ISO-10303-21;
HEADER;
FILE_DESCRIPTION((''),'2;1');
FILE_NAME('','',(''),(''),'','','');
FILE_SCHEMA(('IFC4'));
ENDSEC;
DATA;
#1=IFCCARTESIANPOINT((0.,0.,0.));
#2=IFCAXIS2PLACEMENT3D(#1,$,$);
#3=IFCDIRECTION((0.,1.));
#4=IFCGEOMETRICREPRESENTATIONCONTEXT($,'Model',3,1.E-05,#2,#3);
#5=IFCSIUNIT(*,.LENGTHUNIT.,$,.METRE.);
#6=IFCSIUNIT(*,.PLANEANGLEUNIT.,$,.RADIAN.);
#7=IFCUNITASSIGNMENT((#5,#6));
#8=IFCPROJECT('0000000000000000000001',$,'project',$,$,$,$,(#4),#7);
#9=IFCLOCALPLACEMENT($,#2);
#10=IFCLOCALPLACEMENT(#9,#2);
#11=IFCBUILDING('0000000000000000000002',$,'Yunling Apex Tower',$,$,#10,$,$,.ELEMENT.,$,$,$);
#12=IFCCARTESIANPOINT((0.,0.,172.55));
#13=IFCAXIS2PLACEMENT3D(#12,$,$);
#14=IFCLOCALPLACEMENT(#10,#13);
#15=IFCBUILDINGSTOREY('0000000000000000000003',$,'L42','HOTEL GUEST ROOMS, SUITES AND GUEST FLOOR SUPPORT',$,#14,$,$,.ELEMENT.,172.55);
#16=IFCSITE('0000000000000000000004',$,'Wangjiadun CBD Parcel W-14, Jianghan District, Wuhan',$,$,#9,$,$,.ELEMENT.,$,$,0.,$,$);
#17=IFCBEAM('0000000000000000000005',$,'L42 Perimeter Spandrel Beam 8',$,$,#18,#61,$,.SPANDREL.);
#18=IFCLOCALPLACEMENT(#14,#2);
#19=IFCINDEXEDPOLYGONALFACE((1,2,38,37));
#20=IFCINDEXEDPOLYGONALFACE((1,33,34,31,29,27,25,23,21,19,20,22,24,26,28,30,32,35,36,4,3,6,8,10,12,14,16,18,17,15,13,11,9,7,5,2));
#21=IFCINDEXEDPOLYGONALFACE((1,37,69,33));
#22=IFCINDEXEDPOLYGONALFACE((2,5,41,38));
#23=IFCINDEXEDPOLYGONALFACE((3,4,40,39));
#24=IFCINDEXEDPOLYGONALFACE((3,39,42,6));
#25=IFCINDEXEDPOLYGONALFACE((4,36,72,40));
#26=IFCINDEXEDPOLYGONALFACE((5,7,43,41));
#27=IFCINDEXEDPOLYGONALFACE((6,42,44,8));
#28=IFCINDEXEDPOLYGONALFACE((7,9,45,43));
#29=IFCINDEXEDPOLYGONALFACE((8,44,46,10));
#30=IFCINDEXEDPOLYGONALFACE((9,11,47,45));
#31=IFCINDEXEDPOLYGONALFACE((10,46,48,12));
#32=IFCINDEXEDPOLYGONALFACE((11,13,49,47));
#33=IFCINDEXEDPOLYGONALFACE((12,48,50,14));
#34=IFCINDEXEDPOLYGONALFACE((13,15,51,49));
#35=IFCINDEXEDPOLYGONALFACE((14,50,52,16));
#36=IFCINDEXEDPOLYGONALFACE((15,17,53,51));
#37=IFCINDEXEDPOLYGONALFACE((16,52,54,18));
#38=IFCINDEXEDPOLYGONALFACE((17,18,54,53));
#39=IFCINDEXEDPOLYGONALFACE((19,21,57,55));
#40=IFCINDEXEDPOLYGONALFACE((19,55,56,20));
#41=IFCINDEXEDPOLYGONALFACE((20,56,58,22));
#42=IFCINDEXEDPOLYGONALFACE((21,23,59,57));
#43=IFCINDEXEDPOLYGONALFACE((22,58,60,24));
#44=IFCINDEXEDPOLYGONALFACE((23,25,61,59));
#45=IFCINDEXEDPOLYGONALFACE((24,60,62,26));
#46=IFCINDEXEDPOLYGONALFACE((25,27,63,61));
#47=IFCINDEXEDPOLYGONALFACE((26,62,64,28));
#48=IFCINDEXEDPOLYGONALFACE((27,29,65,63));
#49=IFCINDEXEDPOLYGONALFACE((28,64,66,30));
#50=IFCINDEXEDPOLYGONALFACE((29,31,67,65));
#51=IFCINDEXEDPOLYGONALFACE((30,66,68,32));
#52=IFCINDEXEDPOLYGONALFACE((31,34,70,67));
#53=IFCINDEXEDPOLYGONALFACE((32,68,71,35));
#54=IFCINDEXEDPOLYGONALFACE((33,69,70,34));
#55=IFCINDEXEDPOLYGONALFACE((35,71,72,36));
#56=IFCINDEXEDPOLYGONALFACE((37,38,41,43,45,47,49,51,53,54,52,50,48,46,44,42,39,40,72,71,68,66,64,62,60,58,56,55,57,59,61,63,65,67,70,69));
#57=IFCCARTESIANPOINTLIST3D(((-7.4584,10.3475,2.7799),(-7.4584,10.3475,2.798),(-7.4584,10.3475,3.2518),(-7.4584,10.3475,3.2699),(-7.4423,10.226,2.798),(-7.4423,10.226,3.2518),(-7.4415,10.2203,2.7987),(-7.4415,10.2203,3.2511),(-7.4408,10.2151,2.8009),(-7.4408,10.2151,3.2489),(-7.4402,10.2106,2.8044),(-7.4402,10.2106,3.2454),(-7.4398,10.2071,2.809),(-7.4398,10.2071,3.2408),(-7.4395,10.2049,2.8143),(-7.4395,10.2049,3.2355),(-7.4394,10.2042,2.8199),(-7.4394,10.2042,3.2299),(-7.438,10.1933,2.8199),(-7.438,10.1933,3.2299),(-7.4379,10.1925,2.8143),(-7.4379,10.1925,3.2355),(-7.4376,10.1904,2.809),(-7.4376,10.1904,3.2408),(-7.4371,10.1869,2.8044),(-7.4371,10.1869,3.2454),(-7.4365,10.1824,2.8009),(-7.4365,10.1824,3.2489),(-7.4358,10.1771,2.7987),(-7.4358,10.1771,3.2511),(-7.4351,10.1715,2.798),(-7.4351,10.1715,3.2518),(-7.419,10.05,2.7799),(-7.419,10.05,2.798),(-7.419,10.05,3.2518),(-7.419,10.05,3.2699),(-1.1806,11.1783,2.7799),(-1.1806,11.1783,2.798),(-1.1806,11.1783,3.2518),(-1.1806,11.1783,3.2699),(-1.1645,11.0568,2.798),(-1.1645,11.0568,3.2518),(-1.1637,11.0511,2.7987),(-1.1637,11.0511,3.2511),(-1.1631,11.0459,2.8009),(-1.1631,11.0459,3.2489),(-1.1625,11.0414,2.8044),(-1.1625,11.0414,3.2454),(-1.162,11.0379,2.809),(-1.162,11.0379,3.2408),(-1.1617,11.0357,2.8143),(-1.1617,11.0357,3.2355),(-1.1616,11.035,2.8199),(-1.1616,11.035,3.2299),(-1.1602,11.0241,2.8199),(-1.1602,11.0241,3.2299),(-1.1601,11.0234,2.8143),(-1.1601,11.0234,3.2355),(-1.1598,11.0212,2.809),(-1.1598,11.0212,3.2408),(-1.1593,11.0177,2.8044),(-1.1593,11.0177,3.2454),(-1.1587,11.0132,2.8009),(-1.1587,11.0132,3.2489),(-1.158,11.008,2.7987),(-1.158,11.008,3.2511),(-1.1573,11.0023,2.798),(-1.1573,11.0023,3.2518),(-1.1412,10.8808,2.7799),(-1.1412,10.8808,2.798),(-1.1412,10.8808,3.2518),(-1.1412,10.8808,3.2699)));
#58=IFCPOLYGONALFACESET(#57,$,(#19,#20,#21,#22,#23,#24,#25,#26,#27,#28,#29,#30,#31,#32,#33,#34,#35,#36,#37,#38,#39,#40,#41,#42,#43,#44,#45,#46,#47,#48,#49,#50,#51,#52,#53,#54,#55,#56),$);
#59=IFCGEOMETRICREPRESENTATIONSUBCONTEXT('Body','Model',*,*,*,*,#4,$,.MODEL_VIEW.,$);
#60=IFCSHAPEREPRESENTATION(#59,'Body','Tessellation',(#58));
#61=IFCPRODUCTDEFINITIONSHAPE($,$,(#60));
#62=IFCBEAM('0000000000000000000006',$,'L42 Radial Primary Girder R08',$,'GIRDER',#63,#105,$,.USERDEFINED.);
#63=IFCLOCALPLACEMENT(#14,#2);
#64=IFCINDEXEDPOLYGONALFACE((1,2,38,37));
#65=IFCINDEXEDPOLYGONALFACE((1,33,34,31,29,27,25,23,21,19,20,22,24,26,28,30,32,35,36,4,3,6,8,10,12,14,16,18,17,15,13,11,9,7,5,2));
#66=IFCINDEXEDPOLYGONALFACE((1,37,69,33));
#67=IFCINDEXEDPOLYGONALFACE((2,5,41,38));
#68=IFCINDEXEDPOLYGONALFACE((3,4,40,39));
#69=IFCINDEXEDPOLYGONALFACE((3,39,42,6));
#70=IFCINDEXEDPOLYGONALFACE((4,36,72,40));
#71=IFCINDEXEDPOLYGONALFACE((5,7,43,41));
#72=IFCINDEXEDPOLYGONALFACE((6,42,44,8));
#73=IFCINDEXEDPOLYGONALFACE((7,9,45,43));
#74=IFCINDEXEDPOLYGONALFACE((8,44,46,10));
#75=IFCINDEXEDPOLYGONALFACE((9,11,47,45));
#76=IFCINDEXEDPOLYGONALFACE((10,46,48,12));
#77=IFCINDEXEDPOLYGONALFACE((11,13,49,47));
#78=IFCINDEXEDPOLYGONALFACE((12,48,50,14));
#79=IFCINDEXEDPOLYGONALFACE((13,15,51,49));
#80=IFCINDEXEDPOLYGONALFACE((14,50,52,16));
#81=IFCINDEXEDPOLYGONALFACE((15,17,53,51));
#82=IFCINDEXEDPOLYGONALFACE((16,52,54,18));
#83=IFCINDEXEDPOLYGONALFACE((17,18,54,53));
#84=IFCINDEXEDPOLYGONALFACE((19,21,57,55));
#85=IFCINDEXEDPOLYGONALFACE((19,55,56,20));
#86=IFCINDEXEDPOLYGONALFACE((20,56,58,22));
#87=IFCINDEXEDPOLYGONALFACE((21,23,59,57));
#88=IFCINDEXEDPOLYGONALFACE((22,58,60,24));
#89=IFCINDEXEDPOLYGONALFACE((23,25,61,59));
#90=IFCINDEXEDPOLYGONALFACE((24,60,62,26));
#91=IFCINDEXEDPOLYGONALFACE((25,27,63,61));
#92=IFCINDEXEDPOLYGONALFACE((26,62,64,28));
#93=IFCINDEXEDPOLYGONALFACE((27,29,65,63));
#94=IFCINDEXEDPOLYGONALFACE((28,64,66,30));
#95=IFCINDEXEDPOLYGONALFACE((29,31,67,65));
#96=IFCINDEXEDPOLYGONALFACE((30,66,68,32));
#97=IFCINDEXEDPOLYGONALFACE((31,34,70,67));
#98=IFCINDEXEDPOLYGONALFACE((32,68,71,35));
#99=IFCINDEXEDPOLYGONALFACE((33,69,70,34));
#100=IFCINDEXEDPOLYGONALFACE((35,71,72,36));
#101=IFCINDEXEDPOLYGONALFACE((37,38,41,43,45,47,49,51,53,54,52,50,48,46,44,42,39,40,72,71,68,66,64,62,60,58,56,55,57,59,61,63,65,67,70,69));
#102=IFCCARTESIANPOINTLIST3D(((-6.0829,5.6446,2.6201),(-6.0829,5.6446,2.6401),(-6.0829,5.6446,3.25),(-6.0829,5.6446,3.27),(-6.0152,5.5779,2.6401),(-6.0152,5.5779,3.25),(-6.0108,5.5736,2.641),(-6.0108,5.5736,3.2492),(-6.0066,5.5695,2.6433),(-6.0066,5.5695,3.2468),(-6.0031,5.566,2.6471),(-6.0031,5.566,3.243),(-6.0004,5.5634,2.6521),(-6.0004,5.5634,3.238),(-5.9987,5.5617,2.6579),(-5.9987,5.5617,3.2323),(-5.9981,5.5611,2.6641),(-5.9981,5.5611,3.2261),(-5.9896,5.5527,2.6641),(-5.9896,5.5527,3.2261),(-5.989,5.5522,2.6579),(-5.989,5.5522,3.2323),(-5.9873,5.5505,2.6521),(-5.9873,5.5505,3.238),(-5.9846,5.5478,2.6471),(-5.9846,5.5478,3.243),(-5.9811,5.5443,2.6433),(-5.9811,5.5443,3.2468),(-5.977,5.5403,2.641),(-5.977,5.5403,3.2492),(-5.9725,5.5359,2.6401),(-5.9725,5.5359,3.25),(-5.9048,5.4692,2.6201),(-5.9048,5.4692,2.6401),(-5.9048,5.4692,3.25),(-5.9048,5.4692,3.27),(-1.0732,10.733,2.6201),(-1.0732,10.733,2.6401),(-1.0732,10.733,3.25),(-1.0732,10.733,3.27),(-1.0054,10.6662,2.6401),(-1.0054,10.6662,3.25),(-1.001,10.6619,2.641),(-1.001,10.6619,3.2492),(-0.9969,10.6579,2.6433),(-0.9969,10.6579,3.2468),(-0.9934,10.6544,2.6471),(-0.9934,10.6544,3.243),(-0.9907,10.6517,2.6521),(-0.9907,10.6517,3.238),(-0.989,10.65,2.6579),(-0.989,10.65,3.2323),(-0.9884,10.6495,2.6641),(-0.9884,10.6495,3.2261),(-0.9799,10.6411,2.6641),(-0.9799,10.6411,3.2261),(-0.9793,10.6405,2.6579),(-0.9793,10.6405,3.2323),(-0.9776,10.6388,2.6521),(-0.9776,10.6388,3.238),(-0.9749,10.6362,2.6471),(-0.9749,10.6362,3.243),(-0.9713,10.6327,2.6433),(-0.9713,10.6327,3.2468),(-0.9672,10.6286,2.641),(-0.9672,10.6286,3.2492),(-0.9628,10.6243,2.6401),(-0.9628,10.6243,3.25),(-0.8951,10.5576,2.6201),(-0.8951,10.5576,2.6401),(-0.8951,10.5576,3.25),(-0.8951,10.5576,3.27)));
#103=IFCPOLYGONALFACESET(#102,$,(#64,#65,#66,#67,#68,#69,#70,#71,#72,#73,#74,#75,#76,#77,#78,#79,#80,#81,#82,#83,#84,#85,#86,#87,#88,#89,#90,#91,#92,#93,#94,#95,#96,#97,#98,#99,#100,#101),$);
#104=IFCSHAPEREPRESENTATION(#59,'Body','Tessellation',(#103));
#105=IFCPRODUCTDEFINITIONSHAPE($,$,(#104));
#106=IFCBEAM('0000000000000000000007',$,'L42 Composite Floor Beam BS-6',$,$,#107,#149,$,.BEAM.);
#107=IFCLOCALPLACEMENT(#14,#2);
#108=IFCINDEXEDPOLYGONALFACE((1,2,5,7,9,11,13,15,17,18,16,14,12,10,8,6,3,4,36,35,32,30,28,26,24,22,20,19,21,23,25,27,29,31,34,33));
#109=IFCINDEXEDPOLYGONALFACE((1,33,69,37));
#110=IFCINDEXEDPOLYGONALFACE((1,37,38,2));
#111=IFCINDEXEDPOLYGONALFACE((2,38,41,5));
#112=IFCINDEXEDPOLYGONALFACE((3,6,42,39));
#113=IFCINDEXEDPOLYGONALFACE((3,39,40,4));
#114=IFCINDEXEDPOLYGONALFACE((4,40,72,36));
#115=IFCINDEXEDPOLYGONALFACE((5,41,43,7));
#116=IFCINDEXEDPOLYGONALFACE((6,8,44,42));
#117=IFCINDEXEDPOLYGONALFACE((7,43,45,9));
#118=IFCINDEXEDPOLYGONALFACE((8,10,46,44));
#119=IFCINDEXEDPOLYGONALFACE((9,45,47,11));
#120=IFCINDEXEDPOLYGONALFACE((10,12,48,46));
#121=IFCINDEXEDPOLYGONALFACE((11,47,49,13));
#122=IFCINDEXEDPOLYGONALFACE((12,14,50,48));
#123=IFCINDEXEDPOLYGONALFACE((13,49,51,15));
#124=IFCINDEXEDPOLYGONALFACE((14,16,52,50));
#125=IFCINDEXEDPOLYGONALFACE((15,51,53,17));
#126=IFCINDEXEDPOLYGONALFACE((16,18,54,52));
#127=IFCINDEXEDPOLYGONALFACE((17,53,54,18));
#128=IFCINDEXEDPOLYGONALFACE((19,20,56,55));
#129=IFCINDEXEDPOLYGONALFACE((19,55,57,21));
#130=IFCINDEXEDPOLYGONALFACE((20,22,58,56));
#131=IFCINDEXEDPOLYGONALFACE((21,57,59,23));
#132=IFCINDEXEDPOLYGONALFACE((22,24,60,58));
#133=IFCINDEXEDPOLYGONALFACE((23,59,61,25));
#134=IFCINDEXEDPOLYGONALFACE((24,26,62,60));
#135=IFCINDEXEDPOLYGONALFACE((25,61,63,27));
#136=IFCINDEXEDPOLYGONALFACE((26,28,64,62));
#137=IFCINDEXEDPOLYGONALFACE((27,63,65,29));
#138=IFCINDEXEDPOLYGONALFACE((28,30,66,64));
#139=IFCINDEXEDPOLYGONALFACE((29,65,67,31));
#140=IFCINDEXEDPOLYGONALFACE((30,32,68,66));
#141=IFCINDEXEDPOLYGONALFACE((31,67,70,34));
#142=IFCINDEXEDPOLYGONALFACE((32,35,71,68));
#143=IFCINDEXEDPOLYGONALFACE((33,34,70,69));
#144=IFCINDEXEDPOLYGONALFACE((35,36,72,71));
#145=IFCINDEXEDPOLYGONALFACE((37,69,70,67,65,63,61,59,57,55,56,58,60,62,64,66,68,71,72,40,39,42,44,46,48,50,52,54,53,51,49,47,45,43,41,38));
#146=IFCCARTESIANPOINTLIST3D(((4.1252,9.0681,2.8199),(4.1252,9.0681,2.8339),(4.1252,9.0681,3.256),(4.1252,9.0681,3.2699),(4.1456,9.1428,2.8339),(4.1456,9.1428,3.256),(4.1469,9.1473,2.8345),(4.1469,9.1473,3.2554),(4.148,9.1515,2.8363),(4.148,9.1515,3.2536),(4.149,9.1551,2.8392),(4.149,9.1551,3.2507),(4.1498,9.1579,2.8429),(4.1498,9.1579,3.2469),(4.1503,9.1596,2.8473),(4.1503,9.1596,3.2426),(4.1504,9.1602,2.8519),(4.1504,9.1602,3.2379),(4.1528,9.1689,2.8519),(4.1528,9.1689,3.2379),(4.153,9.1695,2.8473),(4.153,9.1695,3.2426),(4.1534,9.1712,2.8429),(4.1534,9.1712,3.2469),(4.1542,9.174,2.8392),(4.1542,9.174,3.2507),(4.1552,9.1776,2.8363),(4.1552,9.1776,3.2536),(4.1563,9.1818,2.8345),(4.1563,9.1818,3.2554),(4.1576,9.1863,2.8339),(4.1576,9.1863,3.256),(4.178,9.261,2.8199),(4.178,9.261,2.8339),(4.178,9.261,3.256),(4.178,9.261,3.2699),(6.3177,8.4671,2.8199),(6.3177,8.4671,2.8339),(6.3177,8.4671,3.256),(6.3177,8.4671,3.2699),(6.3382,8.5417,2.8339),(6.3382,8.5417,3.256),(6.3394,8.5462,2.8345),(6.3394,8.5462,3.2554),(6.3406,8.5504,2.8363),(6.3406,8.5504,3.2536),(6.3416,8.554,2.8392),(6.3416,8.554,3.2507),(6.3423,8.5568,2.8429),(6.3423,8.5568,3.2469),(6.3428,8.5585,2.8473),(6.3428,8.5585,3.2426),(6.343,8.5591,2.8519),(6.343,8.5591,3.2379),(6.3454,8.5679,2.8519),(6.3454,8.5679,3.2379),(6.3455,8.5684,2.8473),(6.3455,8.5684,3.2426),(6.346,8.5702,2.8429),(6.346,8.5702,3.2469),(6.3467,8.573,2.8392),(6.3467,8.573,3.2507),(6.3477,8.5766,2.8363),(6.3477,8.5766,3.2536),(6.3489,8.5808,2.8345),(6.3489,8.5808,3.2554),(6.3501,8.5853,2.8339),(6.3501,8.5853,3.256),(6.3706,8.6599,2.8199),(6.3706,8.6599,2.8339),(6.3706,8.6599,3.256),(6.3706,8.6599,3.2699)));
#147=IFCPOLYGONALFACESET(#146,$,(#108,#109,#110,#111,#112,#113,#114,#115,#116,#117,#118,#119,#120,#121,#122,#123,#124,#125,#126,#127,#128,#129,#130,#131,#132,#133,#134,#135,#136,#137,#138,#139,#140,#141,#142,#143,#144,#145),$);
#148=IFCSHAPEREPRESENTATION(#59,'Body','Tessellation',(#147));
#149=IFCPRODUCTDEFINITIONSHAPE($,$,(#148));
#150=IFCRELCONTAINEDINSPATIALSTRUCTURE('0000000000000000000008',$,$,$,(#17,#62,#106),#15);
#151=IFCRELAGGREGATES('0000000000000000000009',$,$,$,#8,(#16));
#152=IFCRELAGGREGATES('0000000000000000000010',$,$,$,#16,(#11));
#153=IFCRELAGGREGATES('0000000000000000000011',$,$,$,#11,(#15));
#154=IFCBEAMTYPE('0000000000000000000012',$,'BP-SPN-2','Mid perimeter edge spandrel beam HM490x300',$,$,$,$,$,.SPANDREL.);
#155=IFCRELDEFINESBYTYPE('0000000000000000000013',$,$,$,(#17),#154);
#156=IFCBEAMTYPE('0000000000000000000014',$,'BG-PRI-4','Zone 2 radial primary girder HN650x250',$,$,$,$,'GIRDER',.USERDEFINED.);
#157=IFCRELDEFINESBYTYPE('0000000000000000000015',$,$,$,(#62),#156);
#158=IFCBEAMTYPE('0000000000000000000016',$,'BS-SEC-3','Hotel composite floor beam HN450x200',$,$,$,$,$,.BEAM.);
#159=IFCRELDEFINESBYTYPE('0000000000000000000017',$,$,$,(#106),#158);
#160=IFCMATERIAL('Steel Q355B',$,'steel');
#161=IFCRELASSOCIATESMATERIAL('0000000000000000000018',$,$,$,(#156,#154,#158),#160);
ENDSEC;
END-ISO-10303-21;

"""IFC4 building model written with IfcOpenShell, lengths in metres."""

from ifc_helpers import new_model, si_unit, direction, frame, origin, origin_2d, place, context, subcontext, project, spatial, i_section, extrude, source, transform, mapped, material, material_profile, profile_set, type_object, element, save


model = new_model("IFC4")

# Units and contexts
model_context = context("Model", 3, precision=1e-05, world=origin(), true_north=direction((0.0, 1.0)))
body_context = subcontext(model_context, "Body", "Model", "MODEL_VIEW")
ifc_project = project(units=[si_unit("LENGTHUNIT", "METRE"), si_unit("PLANEANGLEUNIT", "RADIAN")], contexts=[model_context])

# Site, building, storey
site_placement = place(None, origin())
site = spatial("IfcSite", under=ifc_project, at=site_placement, Name="Wangjiadun CBD Parcel W-14, Jianghan District, Wuhan", CompositionType="ELEMENT", RefElevation=0.0)
building_placement = place(site_placement, origin())
building = spatial("IfcBuilding", under=site, at=building_placement, Name="Yunling Apex Tower", CompositionType="ELEMENT")
storey_placement = place(building_placement, frame((0.0, 0.0, 172.55)))
storey = spatial("IfcBuildingStorey", under=building, at=storey_placement, Name="L42", Description="HOTEL GUEST ROOMS, SUITES AND GUEST FLOOR SUPPORT", CompositionType="ELEMENT", Elevation=172.55)

# Beams
ifc_material_1 = material(Name="Steel Q355B", Category="steel")
ifc_material_profile_1 = material_profile(ifc_material_1, i_section(OverallWidth=0.25, OverallDepth=0.6499, WebThickness=0.012, FlangeThickness=0.02, FilletRadius=0.0239, at=origin_2d()))
ifc_profile_set_1 = profile_set([ifc_material_profile_1], Name="Steel Q355B")
beam_type_1 = type_object("IfcBeamType", Name="BG-PRI-4", Description="Zone 2 radial primary girder HN650x250", ElementType="GIRDER", PredefinedType="USERDEFINED", material=ifc_profile_set_1)
ifc_material_profile_2 = material_profile(ifc_material_1, i_section(OverallWidth=0.3, OverallDepth=0.49, WebThickness=0.011, FlangeThickness=0.0181, FilletRadius=0.022, at=origin_2d()))
ifc_profile_set_2 = profile_set([ifc_material_profile_2], Name="Steel Q355B")
beam_type_2 = type_object("IfcBeamType", Name="BP-SPN-2", Description="Mid perimeter edge spandrel beam HM490x300", PredefinedType="SPANDREL", material=ifc_profile_set_2)
shared_shape_1 = source(origin(), body_context, "Body", "SweptSolid", [
    extrude(i_section(OverallWidth=0.3, OverallDepth=0.49, WebThickness=0.011, FlangeThickness=0.0181, FilletRadius=0.022, at=origin_2d()), origin(), (0.0, 0.0, 1.0), 6.3325),
])
beam_1_placement = place(storey_placement, frame((-1.1609, 11.0295, 3.0249), z_axis=(-0.991356, -0.131196, 0.0), x_axis=(0.131196, -0.991356, 0.0)))
element("IfcBeam", 1, at=beam_1_placement, inside=storey, type_object=beam_type_2, Name="L42 Perimeter Spandrel Beam 8", PredefinedType="SPANDREL", context=body_context, shape_type="MappedRepresentation", body=[
    mapped(shared_shape_1, transform((0.0, 0.0, 0.0), scale=1.0)),
])
shared_shape_2 = source(origin(), body_context, "Body", "SweptSolid", [
    extrude(i_section(OverallWidth=0.25, OverallDepth=0.6499, WebThickness=0.012, FlangeThickness=0.02, FilletRadius=0.0239, at=origin_2d()), origin(), (0.0, 0.0, 1.0), 7.1406),
])
beam_2_placement = place(storey_placement, frame((-0.9841, 10.6453, 2.9451), z_axis=(-0.701581, -0.71259, 0.0), x_axis=(0.71259, -0.701581, 0.0)))
element("IfcBeam", 2, at=beam_2_placement, inside=storey, type_object=beam_type_1, Name="L42 Radial Primary Girder R08", ObjectType="GIRDER", PredefinedType="USERDEFINED", context=body_context, shape_type="MappedRepresentation", body=[
    mapped(shared_shape_2, transform((0.0, 0.0, 0.0), scale=1.0)),
])
ifc_material_profile_3 = material_profile(ifc_material_1, i_section(OverallWidth=0.2, OverallDepth=0.45, WebThickness=0.009, FlangeThickness=0.0139, FilletRadius=0.0181, at=origin_2d()))
ifc_profile_set_3 = profile_set([ifc_material_profile_3], Name="Steel Q355B")
beam_type_3 = type_object("IfcBeamType", Name="BS-SEC-3", Description="Hotel composite floor beam HN450x200", PredefinedType="BEAM", material=ifc_profile_set_3)
shared_shape_3 = source(origin(), body_context, "Body", "SweptSolid", [
    extrude(i_section(OverallWidth=0.2, OverallDepth=0.45, WebThickness=0.009, FlangeThickness=0.0139, FilletRadius=0.0181, at=origin_2d()), origin(), (0.0, 0.0, 1.0), 2.2734),
])
beam_3_placement = place(storey_placement, frame((4.1516, 9.1646, 3.0449), z_axis=(0.964419, -0.26438, 0.0), x_axis=(0.26438, 0.964419, 0.0)))
element("IfcBeam", 3, at=beam_3_placement, inside=storey, type_object=beam_type_3, Name="L42 Composite Floor Beam BS-6", PredefinedType="BEAM", context=body_context, shape_type="MappedRepresentation", body=[
    mapped(shared_shape_3, transform((0.0, 0.0, 0.0), scale=1.0)),
])

save(model, "model.ifc")
